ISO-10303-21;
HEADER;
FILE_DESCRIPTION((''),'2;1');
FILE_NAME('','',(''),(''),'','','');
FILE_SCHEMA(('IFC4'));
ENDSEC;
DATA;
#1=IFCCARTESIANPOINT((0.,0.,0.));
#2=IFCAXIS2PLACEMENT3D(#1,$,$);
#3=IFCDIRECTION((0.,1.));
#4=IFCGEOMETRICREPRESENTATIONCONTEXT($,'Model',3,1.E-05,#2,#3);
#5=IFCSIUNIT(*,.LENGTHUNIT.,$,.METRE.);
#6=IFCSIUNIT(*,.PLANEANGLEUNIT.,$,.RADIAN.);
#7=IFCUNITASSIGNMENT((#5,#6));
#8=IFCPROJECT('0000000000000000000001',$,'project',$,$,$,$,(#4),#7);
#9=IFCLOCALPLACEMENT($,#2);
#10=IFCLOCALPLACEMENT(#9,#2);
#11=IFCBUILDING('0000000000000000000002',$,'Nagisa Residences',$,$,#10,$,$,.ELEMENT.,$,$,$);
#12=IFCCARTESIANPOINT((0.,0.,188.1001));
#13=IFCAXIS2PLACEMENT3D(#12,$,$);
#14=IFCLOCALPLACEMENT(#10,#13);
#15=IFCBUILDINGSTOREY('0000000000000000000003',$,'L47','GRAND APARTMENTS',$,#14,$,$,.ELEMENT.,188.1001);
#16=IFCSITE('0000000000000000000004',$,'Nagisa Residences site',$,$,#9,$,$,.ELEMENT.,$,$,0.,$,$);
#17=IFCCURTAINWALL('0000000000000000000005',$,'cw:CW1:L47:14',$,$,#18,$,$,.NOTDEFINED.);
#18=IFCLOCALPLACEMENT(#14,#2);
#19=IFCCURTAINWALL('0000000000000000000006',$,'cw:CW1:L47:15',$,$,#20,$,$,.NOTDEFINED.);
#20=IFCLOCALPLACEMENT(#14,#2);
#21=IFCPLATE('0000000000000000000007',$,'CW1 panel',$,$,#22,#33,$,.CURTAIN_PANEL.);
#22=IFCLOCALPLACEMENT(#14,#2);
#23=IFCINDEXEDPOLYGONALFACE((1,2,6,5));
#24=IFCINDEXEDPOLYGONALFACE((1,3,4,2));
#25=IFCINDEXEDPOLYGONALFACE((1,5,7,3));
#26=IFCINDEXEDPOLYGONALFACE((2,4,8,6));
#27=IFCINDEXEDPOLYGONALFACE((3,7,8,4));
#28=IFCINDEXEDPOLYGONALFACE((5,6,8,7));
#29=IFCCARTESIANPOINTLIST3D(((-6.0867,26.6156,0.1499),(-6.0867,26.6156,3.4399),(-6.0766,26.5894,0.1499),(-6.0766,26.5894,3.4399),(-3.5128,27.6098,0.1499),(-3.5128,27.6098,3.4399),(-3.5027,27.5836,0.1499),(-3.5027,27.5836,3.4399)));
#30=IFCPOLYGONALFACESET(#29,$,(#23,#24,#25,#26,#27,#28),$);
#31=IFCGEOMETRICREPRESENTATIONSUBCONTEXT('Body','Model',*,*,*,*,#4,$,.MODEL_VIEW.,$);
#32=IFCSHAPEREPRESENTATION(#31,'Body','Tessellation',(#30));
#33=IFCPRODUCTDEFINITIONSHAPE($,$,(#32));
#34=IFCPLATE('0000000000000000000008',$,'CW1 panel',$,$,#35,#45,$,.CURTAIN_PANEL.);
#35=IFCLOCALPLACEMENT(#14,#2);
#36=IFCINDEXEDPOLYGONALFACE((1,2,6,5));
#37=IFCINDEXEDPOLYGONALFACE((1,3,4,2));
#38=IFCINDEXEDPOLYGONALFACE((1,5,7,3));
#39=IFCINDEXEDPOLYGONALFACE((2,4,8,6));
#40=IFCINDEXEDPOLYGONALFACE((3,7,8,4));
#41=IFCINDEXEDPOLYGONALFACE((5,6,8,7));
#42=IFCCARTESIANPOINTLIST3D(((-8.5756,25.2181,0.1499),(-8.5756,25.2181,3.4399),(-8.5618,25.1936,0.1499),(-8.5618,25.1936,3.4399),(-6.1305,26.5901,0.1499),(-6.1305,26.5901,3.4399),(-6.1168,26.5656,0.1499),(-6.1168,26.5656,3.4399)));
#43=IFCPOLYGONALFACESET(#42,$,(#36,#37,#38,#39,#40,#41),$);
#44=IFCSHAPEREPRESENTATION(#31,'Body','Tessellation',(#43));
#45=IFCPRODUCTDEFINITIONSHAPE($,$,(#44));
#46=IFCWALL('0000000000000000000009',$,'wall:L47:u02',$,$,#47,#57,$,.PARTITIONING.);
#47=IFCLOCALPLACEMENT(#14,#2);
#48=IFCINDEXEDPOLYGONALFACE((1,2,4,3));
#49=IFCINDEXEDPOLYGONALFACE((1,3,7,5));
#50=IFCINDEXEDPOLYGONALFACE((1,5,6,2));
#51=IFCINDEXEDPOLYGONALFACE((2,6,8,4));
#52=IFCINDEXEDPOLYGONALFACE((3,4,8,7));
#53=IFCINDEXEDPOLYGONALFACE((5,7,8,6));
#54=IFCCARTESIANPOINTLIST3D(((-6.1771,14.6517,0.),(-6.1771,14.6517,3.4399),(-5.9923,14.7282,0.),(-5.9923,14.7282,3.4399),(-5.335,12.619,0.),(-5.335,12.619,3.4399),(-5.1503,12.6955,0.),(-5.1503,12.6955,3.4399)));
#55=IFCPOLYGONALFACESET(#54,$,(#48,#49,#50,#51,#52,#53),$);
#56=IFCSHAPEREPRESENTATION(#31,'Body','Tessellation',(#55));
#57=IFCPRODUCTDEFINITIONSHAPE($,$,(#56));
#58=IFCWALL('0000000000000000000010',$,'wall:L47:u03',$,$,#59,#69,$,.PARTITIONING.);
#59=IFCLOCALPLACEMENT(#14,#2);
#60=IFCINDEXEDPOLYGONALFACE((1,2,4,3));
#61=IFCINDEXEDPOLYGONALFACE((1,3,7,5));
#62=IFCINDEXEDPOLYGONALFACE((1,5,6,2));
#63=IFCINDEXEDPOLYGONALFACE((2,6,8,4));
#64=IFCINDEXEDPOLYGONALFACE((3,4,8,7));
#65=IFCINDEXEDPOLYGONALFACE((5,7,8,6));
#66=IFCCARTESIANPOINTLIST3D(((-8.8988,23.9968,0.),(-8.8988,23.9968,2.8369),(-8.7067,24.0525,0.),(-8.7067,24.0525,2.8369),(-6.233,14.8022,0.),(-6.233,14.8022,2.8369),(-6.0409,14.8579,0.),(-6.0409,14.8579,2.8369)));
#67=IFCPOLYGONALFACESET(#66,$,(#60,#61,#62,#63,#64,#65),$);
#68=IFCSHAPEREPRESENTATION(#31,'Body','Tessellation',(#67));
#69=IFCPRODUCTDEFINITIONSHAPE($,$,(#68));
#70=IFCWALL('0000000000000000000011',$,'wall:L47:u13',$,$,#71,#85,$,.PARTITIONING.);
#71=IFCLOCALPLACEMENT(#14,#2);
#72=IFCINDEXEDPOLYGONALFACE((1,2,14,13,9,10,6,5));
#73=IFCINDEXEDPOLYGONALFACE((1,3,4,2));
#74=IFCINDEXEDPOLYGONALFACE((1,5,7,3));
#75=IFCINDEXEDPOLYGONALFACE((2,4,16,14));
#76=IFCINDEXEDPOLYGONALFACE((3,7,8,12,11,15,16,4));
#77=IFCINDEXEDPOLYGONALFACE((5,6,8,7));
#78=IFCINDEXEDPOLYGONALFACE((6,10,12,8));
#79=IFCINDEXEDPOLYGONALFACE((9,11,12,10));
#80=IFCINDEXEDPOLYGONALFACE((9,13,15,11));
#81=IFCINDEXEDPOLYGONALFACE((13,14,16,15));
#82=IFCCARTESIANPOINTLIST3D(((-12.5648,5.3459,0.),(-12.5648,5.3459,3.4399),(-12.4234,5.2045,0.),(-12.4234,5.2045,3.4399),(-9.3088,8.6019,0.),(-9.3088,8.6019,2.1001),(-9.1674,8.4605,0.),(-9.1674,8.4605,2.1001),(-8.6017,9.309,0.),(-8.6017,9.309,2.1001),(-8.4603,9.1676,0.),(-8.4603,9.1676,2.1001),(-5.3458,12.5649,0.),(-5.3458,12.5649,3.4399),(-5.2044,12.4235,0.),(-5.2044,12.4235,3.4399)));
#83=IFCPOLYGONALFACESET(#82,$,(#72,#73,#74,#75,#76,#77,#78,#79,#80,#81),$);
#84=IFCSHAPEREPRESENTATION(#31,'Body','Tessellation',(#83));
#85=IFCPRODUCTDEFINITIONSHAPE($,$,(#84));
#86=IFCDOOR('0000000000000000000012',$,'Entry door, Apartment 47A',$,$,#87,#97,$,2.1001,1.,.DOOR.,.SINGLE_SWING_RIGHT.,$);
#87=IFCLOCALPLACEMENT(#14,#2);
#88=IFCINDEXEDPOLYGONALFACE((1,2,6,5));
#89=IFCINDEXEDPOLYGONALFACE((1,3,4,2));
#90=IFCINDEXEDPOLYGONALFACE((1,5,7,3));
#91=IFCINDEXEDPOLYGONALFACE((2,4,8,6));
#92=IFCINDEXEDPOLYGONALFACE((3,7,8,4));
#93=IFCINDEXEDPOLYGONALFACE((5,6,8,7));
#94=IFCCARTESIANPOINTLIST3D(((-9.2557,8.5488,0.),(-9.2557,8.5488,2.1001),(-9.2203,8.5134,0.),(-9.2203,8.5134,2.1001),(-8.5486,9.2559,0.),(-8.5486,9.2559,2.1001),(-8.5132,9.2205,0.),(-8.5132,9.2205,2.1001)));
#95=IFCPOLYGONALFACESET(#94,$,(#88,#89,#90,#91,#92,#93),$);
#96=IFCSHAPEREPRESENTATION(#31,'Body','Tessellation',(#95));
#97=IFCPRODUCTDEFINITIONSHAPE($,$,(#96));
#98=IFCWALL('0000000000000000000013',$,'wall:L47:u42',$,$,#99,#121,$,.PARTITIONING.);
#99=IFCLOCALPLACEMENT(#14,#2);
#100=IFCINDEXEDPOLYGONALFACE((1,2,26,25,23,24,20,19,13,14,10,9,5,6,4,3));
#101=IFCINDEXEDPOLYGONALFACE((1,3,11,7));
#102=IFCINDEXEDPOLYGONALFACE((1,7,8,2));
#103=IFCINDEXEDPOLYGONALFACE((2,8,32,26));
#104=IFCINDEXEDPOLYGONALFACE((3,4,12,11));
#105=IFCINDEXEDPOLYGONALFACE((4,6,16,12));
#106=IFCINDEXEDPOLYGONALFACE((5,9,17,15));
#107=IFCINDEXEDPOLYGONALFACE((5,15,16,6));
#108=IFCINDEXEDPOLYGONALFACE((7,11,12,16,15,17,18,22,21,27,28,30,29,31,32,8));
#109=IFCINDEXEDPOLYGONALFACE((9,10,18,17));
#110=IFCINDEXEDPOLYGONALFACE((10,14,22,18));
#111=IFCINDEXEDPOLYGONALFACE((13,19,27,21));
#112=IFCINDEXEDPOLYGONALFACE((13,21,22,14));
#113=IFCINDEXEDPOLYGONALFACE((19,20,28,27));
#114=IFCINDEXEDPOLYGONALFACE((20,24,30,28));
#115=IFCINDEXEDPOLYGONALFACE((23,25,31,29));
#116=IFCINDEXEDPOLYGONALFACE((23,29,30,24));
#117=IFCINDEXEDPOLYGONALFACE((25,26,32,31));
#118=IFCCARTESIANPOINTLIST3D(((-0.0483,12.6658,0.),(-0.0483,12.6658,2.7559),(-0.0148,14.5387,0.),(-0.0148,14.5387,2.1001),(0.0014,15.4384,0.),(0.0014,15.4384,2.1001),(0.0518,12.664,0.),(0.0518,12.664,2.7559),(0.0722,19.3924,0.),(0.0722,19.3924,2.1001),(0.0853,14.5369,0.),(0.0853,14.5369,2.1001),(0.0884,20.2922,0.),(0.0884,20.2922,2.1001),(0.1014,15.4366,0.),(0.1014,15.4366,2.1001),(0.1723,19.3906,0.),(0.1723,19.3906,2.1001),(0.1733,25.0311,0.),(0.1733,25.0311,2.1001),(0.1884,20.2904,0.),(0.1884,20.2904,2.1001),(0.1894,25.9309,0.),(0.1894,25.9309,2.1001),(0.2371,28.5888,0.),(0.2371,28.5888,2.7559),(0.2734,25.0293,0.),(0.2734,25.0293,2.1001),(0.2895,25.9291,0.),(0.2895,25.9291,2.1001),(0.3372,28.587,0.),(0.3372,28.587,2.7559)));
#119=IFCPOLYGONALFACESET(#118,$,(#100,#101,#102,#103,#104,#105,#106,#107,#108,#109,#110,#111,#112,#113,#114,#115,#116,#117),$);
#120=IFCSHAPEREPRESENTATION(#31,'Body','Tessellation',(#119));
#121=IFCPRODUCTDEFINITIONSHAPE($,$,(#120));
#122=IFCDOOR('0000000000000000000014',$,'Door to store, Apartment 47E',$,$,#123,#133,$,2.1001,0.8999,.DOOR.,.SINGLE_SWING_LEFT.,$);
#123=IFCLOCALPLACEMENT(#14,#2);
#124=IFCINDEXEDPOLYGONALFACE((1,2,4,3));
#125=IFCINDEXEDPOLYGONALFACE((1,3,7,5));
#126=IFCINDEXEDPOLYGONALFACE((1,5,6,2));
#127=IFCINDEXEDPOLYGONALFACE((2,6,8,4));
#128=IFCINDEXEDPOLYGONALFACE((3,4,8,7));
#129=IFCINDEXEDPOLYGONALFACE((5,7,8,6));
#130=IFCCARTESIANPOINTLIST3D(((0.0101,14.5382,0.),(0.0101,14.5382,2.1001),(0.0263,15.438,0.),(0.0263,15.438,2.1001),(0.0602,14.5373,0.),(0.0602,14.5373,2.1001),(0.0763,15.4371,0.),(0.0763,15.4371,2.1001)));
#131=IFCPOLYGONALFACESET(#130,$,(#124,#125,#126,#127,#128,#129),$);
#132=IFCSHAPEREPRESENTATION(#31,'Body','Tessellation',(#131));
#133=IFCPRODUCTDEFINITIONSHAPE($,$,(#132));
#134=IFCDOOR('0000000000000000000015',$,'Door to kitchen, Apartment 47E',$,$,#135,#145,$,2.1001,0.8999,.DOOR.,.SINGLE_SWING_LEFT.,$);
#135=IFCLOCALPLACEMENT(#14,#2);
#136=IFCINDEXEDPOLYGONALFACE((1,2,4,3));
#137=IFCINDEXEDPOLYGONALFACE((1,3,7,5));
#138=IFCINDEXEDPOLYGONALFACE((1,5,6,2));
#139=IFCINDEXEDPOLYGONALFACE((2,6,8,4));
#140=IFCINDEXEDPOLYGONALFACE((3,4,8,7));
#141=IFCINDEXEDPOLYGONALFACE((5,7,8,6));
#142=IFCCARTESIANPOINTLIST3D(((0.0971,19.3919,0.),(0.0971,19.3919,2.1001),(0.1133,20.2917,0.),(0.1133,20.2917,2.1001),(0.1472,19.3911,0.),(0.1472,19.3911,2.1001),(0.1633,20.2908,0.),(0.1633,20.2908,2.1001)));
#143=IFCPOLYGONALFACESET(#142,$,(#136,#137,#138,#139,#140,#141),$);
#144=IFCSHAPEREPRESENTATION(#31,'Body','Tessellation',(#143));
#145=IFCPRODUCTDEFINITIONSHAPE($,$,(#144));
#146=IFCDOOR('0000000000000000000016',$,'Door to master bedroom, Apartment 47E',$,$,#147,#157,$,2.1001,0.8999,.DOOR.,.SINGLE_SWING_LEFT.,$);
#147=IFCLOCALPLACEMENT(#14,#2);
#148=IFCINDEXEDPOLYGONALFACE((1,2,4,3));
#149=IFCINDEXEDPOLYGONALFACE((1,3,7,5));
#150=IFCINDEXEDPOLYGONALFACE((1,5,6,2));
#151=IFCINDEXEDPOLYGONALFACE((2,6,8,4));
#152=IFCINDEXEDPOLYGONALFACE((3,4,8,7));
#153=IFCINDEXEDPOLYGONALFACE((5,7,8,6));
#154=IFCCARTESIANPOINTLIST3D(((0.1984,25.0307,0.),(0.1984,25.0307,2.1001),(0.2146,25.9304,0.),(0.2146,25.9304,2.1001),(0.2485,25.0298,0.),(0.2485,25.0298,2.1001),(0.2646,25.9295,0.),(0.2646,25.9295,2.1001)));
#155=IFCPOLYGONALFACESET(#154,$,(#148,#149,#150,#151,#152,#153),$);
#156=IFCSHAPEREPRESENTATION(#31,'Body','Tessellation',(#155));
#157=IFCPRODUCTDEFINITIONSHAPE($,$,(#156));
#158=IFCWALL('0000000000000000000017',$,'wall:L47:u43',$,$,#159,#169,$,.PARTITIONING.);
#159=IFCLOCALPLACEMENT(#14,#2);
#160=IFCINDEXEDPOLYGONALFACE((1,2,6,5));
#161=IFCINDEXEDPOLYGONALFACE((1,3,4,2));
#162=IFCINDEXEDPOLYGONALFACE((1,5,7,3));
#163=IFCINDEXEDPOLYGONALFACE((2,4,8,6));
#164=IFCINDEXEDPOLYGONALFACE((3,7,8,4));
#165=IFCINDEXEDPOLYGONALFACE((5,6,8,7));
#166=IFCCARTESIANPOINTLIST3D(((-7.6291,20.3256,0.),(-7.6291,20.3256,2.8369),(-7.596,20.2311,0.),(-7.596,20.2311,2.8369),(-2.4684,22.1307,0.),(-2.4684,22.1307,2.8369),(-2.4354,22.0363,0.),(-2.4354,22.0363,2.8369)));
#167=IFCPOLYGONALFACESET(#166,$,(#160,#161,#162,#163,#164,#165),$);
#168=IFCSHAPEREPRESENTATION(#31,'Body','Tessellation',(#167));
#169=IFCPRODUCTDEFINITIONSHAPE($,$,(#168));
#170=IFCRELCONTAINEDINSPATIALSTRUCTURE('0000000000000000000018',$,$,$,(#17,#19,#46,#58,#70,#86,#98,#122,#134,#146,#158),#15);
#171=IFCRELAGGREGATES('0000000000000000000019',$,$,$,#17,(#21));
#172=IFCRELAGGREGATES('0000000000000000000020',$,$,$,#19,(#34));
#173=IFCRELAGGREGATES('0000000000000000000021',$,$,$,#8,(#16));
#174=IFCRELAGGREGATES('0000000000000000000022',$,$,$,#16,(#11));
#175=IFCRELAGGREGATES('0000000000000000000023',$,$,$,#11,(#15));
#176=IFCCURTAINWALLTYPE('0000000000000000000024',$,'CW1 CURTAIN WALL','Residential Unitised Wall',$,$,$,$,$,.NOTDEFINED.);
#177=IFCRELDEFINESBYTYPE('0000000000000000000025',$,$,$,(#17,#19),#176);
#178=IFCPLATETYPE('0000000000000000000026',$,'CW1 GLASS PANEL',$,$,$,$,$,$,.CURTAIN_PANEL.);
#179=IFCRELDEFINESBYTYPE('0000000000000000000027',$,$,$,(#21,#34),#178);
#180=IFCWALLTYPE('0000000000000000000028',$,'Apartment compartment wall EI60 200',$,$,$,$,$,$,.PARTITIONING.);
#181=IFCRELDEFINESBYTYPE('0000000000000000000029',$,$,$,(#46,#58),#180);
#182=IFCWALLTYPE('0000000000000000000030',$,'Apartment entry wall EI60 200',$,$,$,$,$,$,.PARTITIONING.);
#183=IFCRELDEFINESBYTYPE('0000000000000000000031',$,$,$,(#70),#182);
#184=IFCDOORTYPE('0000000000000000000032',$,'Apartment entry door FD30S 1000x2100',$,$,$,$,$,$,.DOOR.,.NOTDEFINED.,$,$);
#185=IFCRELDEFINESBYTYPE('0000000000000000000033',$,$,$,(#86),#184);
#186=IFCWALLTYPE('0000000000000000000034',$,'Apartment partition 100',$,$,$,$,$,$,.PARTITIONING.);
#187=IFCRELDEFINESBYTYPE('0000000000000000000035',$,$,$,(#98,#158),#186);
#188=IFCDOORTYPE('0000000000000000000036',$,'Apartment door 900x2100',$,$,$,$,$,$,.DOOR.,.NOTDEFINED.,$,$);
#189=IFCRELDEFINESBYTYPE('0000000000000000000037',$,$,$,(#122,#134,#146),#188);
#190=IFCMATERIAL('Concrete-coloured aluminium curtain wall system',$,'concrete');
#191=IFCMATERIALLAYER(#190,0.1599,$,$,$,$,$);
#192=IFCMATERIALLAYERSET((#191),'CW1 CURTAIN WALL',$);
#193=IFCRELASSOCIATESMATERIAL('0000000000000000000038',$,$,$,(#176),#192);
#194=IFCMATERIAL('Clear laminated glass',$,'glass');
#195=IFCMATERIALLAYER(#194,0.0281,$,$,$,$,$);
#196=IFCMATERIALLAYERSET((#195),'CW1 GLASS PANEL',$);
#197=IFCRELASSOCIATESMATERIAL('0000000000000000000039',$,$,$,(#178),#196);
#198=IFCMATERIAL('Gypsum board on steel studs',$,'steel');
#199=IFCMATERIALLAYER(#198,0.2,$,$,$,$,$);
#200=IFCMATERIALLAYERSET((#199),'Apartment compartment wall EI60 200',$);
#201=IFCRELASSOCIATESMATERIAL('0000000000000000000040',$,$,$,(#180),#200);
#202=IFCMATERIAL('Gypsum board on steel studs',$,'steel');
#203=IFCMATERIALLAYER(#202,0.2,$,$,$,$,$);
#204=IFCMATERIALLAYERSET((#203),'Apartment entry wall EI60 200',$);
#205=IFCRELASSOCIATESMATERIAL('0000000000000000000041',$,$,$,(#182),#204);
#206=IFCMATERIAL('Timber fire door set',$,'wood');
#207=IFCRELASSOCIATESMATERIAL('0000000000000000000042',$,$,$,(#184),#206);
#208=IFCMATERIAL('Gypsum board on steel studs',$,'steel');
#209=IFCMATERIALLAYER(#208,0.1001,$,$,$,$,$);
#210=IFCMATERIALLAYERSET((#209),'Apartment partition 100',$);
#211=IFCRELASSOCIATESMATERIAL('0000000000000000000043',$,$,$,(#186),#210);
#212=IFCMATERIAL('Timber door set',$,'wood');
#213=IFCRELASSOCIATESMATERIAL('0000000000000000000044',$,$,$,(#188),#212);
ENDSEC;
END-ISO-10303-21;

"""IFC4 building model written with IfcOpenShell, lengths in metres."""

from ifc_helpers import new_model, si_unit, direction, frame, frame_2d, origin, origin_2d, place, context, subcontext, project, spatial, rectangle, extrude, material, layer, layer_set, type_object, element, fill, aggregate, save


model = new_model("IFC4")

# Units and contexts
model_context = context("Model", 3, precision=1e-05, world=origin(), true_north=direction((0.0, 1.0)))
body_context = subcontext(model_context, "Body", "Model", "MODEL_VIEW")
ifc_project = project(units=[si_unit("LENGTHUNIT", "METRE"), si_unit("PLANEANGLEUNIT", "RADIAN")], contexts=[model_context])

# Site, building, storey
site_placement = place(None, origin())
site = spatial("IfcSite", under=ifc_project, at=site_placement, Name="Nagisa Residences site", CompositionType="ELEMENT", RefElevation=0.0)
building_placement = place(site_placement, origin())
building = spatial("IfcBuilding", under=site, at=building_placement, Name="Nagisa Residences", CompositionType="ELEMENT")
storey_placement = place(building_placement, frame((0.0, 0.0, 188.1001)))
storey = spatial("IfcBuildingStorey", under=building, at=storey_placement, Name="L47", Description="GRAND APARTMENTS", CompositionType="ELEMENT", Elevation=188.1001)

# Curtain walls
ifc_material_1 = material(Name="Concrete-coloured aluminium curtain wall system", Category="concrete")
ifc_layer_1 = layer(ifc_material_1, 0.1599)
ifc_layer_set_1 = layer_set([ifc_layer_1], Name="CW1 CURTAIN WALL")
curtain_wall_type = type_object("IfcCurtainWallType", Name="CW1 CURTAIN WALL", Description="Residential Unitised Wall", PredefinedType="NOTDEFINED", material=ifc_layer_set_1)
curtain_wall_1_placement = place(storey_placement, origin())
curtain_wall_1 = element("IfcCurtainWall", 1, at=curtain_wall_1_placement, inside=storey, type_object=curtain_wall_type, Name="cw:CW1:L47:14", PredefinedType="NOTDEFINED")
curtain_wall_2_placement = place(storey_placement, origin())
curtain_wall_2 = element("IfcCurtainWall", 2, at=curtain_wall_2_placement, inside=storey, type_object=curtain_wall_type, Name="cw:CW1:L47:15", PredefinedType="NOTDEFINED")

# Plates
ifc_material_2 = material(Name="Clear laminated glass", Category="glass")
ifc_layer_2 = layer(ifc_material_2, 0.0281)
ifc_layer_set_2 = layer_set([ifc_layer_2], Name="CW1 GLASS PANEL")
plate_type = type_object("IfcPlateType", Name="CW1 GLASS PANEL", PredefinedType="CURTAIN_PANEL", material=ifc_layer_set_2)
plate_1_placement = place(storey_placement, frame((-4.7947, 27.0996, 0.1499), z_axis=(0.0, 0.0, 1.0), x_axis=(-0.932826, -0.360328, 0.0)))
plate_1 = element("IfcPlate", 3, at=plate_1_placement, type_object=plate_type, Name="CW1 panel", PredefinedType="CURTAIN_PANEL", context=body_context, shape_type="SweptSolid", body=[
    extrude(rectangle(XDim=2.7593, YDim=0.0281, at=origin_2d()), origin(), (0.0, 0.0, 1.0), 3.29),
])
aggregate(curtain_wall_1, [plate_1])
plate_2_placement = place(storey_placement, frame((-7.3462, 25.8918, 0.1499), z_axis=(0.0, 0.0, 1.0), x_axis=(-0.872072, -0.489377, 0.0)))
plate_2 = element("IfcPlate", 4, at=plate_2_placement, type_object=plate_type, Name="CW1 panel", PredefinedType="CURTAIN_PANEL", context=body_context, shape_type="SweptSolid", body=[
    extrude(rectangle(XDim=2.8037, YDim=0.0281, at=origin_2d()), origin(), (0.0, 0.0, 1.0), 3.29),
])
aggregate(curtain_wall_2, [plate_2])

# Walls
ifc_material_3 = material(Name="Gypsum board on steel studs", Category="steel")
ifc_layer_3 = layer(ifc_material_3, 0.2)
ifc_layer_set_3 = layer_set([ifc_layer_3], Name="Apartment compartment wall EI60 200")
wall_type_1 = type_object("IfcWallType", Name="Apartment compartment wall EI60 200", PredefinedType="PARTITIONING", material=ifc_layer_set_3)
wall_1_placement = place(storey_placement, frame((-5.2427, 12.6572, 0.0), z_axis=(0.0, 0.0, 1.0), x_axis=(-0.382708, 0.923869, 0.0)))
element("IfcWall", 5, at=wall_1_placement, inside=storey, type_object=wall_type_1, Name="wall:L47:u02", PredefinedType="PARTITIONING", context=body_context, shape_type="SweptSolid", body=[
    extrude(rectangle(XDim=2.2002, YDim=0.2, at=frame_2d((1.1001, 0.0))), origin(), (0.0, 0.0, 1.0), 3.4399),
])
wall_2_placement = place(storey_placement, frame((-6.137, 14.8301, 0.0), z_axis=(0.0, 0.0, 1.0), x_axis=(-0.278461, 0.960447, 0.0)))
element("IfcWall", 6, at=wall_2_placement, inside=storey, type_object=wall_type_1, Name="wall:L47:u03", PredefinedType="PARTITIONING", context=body_context, shape_type="SweptSolid", body=[
    extrude(rectangle(XDim=9.5732, YDim=0.2, at=frame_2d((4.7866, 0.0))), origin(), (0.0, 0.0, 1.0), 2.8369),
])

# Wall, opening, door
ifc_material_4 = material(Name="Gypsum board on steel studs", Category="steel")
ifc_layer_4 = layer(ifc_material_4, 0.2)
ifc_layer_set_4 = layer_set([ifc_layer_4], Name="Apartment entry wall EI60 200")
wall_type_2 = type_object("IfcWallType", Name="Apartment entry wall EI60 200", PredefinedType="PARTITIONING", material=ifc_layer_set_4)
wall_3_placement = place(storey_placement, frame((-5.2751, 12.4941, 0.0), z_axis=(0.0, 0.0, 1.0), x_axis=(-0.707107, -0.707107, 0.0)))
wall_3 = element("IfcWall", 7, at=wall_3_placement, inside=storey, type_object=wall_type_2, Name="wall:L47:u13", PredefinedType="PARTITIONING", context=body_context, shape_type="SweptSolid", body=[
    extrude(rectangle(XDim=10.2092, YDim=0.2, at=frame_2d((5.1045, 0.0))), origin(), (0.0, 0.0, 1.0), 3.4399),
])
opening_1_placement = place(wall_3_placement, frame((4.6045, 0.0, 0.0)))
opening_1 = element("IfcOpeningElement", 8, at=opening_1_placement, cuts=wall_3, PredefinedType="OPENING", context=body_context, shape_type="SweptSolid", body=[
    extrude(rectangle(XDim=1.0, YDim=2.1001, at=frame_2d((0.5, 1.05))), frame((0.0, 0.1099, 0.0), z_axis=(0.0, -1.0, 0.0), x_axis=(1.0, 0.0, 0.0)), (0.0, 0.0, 1.0), 0.22),
])
ifc_material_5 = material(Name="Timber fire door set", Category="wood")
door_type_1 = type_object("IfcDoorType", Name="Apartment entry door FD30S 1000x2100", OperationType="NOTDEFINED", PredefinedType="DOOR", material=ifc_material_5)
door_1_placement = place(opening_1_placement, frame((1.0, 0.0, 0.0), x_axis=(-1.0, 0.0, 0.0)))
door_1 = element("IfcDoor", 9, at=door_1_placement, inside=storey, type_object=door_type_1, Name="Entry door, Apartment 47A", OperationType="SINGLE_SWING_RIGHT", OverallHeight=2.1001, OverallWidth=1.0, PredefinedType="DOOR", context=body_context, shape_type="SweptSolid", body=[
    extrude(rectangle(XDim=1.0, YDim=2.1001, at=frame_2d((0.5, 1.05))), frame((0.0, 0.0249, 0.0), z_axis=(0.0, -1.0, 0.0), x_axis=(1.0, 0.0, 0.0)), (0.0, 0.0, 1.0), 0.05),
])
fill(opening_1, door_1)

# Wall, openings, doors
ifc_material_6 = material(Name="Gypsum board on steel studs", Category="steel")
ifc_layer_5 = layer(ifc_material_6, 0.1001)
ifc_layer_set_5 = layer_set([ifc_layer_5], Name="Apartment partition 100")
wall_type_3 = type_object("IfcWallType", Name="Apartment partition 100", PredefinedType="PARTITIONING", material=ifc_layer_set_5)
wall_4_placement = place(storey_placement, frame((0.0017, 12.6648, 0.0), z_axis=(0.0, 0.0, 1.0), x_axis=(0.017921, 0.999839, 0.0)))
wall_4 = element("IfcWall", 10, at=wall_4_placement, inside=storey, type_object=wall_type_3, Name="wall:L47:u42", PredefinedType="PARTITIONING", context=body_context, shape_type="SweptSolid", body=[
    extrude(rectangle(XDim=15.9255, YDim=0.1001, at=frame_2d((7.9629, 0.0))), origin(), (0.0, 0.0, 1.0), 2.7559),
])
opening_2_placement = place(wall_4_placement, frame((1.8733, 0.0, 0.0)))
opening_2 = element("IfcOpeningElement", 11, at=opening_2_placement, cuts=wall_4, PredefinedType="OPENING", context=body_context, shape_type="SweptSolid", body=[
    extrude(rectangle(XDim=0.8999, YDim=2.1001, at=frame_2d((0.45, 1.05))), frame((0.0, 0.0601, 0.0), z_axis=(0.0, -1.0, 0.0), x_axis=(1.0, 0.0, 0.0)), (0.0, 0.0, 1.0), 0.1201),
])
opening_3_placement = place(wall_4_placement, frame((6.7278, 0.0, 0.0)))
opening_3 = element("IfcOpeningElement", 12, at=opening_3_placement, cuts=wall_4, PredefinedType="OPENING", context=body_context, shape_type="SweptSolid", body=[
    extrude(rectangle(XDim=0.8999, YDim=2.1001, at=frame_2d((0.45, 1.05))), frame((0.0, 0.0601, 0.0), z_axis=(0.0, -1.0, 0.0), x_axis=(1.0, 0.0, 0.0)), (0.0, 0.0, 1.0), 0.1201),
])
opening_4_placement = place(wall_4_placement, frame((12.3674, 0.0, 0.0)))
opening_4 = element("IfcOpeningElement", 13, at=opening_4_placement, cuts=wall_4, PredefinedType="OPENING", context=body_context, shape_type="SweptSolid", body=[
    extrude(rectangle(XDim=0.8999, YDim=2.1001, at=frame_2d((0.45, 1.05))), frame((0.0, 0.0601, 0.0), z_axis=(0.0, -1.0, 0.0), x_axis=(1.0, 0.0, 0.0)), (0.0, 0.0, 1.0), 0.1201),
])
ifc_material_7 = material(Name="Timber door set", Category="wood")
door_type_2 = type_object("IfcDoorType", Name="Apartment door 900x2100", OperationType="NOTDEFINED", PredefinedType="DOOR", material=ifc_material_7)
door_2_placement = place(opening_2_placement, frame((0.8999, 0.0, 0.0), x_axis=(-1.0, 0.0, 0.0)))
door_2 = element("IfcDoor", 14, at=door_2_placement, inside=storey, type_object=door_type_2, Name="Door to store, Apartment 47E", OperationType="SINGLE_SWING_LEFT", OverallHeight=2.1001, OverallWidth=0.8999, PredefinedType="DOOR", context=body_context, shape_type="SweptSolid", body=[
    extrude(rectangle(XDim=0.8999, YDim=2.1001, at=frame_2d((0.45, 1.05))), frame((0.0, 0.0249, 0.0), z_axis=(0.0, -1.0, 0.0), x_axis=(1.0, 0.0, 0.0)), (0.0, 0.0, 1.0), 0.05),
])
fill(opening_2, door_2)
door_3_placement = place(opening_3_placement, frame((0.8999, 0.0, 0.0), x_axis=(-1.0, 0.0, 0.0)))
door_3 = element("IfcDoor", 15, at=door_3_placement, inside=storey, type_object=door_type_2, Name="Door to kitchen, Apartment 47E", OperationType="SINGLE_SWING_LEFT", OverallHeight=2.1001, OverallWidth=0.8999, PredefinedType="DOOR", context=body_context, shape_type="SweptSolid", body=[
    extrude(rectangle(XDim=0.8999, YDim=2.1001, at=frame_2d((0.45, 1.05))), frame((0.0, 0.0249, 0.0), z_axis=(0.0, -1.0, 0.0), x_axis=(1.0, 0.0, 0.0)), (0.0, 0.0, 1.0), 0.05),
])
fill(opening_3, door_3)
door_4_placement = place(opening_4_placement, origin())
door_4 = element("IfcDoor", 16, at=door_4_placement, inside=storey, type_object=door_type_2, Name="Door to master bedroom, Apartment 47E", OperationType="SINGLE_SWING_LEFT", OverallHeight=2.1001, OverallWidth=0.8999, PredefinedType="DOOR", context=body_context, shape_type="SweptSolid", body=[
    extrude(rectangle(XDim=0.8999, YDim=2.1001, at=frame_2d((0.45, 1.05))), frame((0.0, 0.0249, 0.0), z_axis=(0.0, -1.0, 0.0), x_axis=(1.0, 0.0, 0.0)), (0.0, 0.0, 1.0), 0.05),
])
fill(opening_4, door_4)

# Wall
wall_5_placement = place(storey_placement, frame((-2.4519, 22.0835, 0.0), z_axis=(0.0, 0.0, 1.0), x_axis=(-0.943918, -0.330179, 0.0)))
element("IfcWall", 17, at=wall_5_placement, inside=storey, type_object=wall_type_3, Name="wall:L47:u43", PredefinedType="PARTITIONING", context=body_context, shape_type="SweptSolid", body=[
    extrude(rectangle(XDim=5.4673, YDim=0.1001, at=frame_2d((2.7336, 0.0))), origin(), (0.0, 0.0, 1.0), 2.8369),
])

save(model, "model.ifc")
